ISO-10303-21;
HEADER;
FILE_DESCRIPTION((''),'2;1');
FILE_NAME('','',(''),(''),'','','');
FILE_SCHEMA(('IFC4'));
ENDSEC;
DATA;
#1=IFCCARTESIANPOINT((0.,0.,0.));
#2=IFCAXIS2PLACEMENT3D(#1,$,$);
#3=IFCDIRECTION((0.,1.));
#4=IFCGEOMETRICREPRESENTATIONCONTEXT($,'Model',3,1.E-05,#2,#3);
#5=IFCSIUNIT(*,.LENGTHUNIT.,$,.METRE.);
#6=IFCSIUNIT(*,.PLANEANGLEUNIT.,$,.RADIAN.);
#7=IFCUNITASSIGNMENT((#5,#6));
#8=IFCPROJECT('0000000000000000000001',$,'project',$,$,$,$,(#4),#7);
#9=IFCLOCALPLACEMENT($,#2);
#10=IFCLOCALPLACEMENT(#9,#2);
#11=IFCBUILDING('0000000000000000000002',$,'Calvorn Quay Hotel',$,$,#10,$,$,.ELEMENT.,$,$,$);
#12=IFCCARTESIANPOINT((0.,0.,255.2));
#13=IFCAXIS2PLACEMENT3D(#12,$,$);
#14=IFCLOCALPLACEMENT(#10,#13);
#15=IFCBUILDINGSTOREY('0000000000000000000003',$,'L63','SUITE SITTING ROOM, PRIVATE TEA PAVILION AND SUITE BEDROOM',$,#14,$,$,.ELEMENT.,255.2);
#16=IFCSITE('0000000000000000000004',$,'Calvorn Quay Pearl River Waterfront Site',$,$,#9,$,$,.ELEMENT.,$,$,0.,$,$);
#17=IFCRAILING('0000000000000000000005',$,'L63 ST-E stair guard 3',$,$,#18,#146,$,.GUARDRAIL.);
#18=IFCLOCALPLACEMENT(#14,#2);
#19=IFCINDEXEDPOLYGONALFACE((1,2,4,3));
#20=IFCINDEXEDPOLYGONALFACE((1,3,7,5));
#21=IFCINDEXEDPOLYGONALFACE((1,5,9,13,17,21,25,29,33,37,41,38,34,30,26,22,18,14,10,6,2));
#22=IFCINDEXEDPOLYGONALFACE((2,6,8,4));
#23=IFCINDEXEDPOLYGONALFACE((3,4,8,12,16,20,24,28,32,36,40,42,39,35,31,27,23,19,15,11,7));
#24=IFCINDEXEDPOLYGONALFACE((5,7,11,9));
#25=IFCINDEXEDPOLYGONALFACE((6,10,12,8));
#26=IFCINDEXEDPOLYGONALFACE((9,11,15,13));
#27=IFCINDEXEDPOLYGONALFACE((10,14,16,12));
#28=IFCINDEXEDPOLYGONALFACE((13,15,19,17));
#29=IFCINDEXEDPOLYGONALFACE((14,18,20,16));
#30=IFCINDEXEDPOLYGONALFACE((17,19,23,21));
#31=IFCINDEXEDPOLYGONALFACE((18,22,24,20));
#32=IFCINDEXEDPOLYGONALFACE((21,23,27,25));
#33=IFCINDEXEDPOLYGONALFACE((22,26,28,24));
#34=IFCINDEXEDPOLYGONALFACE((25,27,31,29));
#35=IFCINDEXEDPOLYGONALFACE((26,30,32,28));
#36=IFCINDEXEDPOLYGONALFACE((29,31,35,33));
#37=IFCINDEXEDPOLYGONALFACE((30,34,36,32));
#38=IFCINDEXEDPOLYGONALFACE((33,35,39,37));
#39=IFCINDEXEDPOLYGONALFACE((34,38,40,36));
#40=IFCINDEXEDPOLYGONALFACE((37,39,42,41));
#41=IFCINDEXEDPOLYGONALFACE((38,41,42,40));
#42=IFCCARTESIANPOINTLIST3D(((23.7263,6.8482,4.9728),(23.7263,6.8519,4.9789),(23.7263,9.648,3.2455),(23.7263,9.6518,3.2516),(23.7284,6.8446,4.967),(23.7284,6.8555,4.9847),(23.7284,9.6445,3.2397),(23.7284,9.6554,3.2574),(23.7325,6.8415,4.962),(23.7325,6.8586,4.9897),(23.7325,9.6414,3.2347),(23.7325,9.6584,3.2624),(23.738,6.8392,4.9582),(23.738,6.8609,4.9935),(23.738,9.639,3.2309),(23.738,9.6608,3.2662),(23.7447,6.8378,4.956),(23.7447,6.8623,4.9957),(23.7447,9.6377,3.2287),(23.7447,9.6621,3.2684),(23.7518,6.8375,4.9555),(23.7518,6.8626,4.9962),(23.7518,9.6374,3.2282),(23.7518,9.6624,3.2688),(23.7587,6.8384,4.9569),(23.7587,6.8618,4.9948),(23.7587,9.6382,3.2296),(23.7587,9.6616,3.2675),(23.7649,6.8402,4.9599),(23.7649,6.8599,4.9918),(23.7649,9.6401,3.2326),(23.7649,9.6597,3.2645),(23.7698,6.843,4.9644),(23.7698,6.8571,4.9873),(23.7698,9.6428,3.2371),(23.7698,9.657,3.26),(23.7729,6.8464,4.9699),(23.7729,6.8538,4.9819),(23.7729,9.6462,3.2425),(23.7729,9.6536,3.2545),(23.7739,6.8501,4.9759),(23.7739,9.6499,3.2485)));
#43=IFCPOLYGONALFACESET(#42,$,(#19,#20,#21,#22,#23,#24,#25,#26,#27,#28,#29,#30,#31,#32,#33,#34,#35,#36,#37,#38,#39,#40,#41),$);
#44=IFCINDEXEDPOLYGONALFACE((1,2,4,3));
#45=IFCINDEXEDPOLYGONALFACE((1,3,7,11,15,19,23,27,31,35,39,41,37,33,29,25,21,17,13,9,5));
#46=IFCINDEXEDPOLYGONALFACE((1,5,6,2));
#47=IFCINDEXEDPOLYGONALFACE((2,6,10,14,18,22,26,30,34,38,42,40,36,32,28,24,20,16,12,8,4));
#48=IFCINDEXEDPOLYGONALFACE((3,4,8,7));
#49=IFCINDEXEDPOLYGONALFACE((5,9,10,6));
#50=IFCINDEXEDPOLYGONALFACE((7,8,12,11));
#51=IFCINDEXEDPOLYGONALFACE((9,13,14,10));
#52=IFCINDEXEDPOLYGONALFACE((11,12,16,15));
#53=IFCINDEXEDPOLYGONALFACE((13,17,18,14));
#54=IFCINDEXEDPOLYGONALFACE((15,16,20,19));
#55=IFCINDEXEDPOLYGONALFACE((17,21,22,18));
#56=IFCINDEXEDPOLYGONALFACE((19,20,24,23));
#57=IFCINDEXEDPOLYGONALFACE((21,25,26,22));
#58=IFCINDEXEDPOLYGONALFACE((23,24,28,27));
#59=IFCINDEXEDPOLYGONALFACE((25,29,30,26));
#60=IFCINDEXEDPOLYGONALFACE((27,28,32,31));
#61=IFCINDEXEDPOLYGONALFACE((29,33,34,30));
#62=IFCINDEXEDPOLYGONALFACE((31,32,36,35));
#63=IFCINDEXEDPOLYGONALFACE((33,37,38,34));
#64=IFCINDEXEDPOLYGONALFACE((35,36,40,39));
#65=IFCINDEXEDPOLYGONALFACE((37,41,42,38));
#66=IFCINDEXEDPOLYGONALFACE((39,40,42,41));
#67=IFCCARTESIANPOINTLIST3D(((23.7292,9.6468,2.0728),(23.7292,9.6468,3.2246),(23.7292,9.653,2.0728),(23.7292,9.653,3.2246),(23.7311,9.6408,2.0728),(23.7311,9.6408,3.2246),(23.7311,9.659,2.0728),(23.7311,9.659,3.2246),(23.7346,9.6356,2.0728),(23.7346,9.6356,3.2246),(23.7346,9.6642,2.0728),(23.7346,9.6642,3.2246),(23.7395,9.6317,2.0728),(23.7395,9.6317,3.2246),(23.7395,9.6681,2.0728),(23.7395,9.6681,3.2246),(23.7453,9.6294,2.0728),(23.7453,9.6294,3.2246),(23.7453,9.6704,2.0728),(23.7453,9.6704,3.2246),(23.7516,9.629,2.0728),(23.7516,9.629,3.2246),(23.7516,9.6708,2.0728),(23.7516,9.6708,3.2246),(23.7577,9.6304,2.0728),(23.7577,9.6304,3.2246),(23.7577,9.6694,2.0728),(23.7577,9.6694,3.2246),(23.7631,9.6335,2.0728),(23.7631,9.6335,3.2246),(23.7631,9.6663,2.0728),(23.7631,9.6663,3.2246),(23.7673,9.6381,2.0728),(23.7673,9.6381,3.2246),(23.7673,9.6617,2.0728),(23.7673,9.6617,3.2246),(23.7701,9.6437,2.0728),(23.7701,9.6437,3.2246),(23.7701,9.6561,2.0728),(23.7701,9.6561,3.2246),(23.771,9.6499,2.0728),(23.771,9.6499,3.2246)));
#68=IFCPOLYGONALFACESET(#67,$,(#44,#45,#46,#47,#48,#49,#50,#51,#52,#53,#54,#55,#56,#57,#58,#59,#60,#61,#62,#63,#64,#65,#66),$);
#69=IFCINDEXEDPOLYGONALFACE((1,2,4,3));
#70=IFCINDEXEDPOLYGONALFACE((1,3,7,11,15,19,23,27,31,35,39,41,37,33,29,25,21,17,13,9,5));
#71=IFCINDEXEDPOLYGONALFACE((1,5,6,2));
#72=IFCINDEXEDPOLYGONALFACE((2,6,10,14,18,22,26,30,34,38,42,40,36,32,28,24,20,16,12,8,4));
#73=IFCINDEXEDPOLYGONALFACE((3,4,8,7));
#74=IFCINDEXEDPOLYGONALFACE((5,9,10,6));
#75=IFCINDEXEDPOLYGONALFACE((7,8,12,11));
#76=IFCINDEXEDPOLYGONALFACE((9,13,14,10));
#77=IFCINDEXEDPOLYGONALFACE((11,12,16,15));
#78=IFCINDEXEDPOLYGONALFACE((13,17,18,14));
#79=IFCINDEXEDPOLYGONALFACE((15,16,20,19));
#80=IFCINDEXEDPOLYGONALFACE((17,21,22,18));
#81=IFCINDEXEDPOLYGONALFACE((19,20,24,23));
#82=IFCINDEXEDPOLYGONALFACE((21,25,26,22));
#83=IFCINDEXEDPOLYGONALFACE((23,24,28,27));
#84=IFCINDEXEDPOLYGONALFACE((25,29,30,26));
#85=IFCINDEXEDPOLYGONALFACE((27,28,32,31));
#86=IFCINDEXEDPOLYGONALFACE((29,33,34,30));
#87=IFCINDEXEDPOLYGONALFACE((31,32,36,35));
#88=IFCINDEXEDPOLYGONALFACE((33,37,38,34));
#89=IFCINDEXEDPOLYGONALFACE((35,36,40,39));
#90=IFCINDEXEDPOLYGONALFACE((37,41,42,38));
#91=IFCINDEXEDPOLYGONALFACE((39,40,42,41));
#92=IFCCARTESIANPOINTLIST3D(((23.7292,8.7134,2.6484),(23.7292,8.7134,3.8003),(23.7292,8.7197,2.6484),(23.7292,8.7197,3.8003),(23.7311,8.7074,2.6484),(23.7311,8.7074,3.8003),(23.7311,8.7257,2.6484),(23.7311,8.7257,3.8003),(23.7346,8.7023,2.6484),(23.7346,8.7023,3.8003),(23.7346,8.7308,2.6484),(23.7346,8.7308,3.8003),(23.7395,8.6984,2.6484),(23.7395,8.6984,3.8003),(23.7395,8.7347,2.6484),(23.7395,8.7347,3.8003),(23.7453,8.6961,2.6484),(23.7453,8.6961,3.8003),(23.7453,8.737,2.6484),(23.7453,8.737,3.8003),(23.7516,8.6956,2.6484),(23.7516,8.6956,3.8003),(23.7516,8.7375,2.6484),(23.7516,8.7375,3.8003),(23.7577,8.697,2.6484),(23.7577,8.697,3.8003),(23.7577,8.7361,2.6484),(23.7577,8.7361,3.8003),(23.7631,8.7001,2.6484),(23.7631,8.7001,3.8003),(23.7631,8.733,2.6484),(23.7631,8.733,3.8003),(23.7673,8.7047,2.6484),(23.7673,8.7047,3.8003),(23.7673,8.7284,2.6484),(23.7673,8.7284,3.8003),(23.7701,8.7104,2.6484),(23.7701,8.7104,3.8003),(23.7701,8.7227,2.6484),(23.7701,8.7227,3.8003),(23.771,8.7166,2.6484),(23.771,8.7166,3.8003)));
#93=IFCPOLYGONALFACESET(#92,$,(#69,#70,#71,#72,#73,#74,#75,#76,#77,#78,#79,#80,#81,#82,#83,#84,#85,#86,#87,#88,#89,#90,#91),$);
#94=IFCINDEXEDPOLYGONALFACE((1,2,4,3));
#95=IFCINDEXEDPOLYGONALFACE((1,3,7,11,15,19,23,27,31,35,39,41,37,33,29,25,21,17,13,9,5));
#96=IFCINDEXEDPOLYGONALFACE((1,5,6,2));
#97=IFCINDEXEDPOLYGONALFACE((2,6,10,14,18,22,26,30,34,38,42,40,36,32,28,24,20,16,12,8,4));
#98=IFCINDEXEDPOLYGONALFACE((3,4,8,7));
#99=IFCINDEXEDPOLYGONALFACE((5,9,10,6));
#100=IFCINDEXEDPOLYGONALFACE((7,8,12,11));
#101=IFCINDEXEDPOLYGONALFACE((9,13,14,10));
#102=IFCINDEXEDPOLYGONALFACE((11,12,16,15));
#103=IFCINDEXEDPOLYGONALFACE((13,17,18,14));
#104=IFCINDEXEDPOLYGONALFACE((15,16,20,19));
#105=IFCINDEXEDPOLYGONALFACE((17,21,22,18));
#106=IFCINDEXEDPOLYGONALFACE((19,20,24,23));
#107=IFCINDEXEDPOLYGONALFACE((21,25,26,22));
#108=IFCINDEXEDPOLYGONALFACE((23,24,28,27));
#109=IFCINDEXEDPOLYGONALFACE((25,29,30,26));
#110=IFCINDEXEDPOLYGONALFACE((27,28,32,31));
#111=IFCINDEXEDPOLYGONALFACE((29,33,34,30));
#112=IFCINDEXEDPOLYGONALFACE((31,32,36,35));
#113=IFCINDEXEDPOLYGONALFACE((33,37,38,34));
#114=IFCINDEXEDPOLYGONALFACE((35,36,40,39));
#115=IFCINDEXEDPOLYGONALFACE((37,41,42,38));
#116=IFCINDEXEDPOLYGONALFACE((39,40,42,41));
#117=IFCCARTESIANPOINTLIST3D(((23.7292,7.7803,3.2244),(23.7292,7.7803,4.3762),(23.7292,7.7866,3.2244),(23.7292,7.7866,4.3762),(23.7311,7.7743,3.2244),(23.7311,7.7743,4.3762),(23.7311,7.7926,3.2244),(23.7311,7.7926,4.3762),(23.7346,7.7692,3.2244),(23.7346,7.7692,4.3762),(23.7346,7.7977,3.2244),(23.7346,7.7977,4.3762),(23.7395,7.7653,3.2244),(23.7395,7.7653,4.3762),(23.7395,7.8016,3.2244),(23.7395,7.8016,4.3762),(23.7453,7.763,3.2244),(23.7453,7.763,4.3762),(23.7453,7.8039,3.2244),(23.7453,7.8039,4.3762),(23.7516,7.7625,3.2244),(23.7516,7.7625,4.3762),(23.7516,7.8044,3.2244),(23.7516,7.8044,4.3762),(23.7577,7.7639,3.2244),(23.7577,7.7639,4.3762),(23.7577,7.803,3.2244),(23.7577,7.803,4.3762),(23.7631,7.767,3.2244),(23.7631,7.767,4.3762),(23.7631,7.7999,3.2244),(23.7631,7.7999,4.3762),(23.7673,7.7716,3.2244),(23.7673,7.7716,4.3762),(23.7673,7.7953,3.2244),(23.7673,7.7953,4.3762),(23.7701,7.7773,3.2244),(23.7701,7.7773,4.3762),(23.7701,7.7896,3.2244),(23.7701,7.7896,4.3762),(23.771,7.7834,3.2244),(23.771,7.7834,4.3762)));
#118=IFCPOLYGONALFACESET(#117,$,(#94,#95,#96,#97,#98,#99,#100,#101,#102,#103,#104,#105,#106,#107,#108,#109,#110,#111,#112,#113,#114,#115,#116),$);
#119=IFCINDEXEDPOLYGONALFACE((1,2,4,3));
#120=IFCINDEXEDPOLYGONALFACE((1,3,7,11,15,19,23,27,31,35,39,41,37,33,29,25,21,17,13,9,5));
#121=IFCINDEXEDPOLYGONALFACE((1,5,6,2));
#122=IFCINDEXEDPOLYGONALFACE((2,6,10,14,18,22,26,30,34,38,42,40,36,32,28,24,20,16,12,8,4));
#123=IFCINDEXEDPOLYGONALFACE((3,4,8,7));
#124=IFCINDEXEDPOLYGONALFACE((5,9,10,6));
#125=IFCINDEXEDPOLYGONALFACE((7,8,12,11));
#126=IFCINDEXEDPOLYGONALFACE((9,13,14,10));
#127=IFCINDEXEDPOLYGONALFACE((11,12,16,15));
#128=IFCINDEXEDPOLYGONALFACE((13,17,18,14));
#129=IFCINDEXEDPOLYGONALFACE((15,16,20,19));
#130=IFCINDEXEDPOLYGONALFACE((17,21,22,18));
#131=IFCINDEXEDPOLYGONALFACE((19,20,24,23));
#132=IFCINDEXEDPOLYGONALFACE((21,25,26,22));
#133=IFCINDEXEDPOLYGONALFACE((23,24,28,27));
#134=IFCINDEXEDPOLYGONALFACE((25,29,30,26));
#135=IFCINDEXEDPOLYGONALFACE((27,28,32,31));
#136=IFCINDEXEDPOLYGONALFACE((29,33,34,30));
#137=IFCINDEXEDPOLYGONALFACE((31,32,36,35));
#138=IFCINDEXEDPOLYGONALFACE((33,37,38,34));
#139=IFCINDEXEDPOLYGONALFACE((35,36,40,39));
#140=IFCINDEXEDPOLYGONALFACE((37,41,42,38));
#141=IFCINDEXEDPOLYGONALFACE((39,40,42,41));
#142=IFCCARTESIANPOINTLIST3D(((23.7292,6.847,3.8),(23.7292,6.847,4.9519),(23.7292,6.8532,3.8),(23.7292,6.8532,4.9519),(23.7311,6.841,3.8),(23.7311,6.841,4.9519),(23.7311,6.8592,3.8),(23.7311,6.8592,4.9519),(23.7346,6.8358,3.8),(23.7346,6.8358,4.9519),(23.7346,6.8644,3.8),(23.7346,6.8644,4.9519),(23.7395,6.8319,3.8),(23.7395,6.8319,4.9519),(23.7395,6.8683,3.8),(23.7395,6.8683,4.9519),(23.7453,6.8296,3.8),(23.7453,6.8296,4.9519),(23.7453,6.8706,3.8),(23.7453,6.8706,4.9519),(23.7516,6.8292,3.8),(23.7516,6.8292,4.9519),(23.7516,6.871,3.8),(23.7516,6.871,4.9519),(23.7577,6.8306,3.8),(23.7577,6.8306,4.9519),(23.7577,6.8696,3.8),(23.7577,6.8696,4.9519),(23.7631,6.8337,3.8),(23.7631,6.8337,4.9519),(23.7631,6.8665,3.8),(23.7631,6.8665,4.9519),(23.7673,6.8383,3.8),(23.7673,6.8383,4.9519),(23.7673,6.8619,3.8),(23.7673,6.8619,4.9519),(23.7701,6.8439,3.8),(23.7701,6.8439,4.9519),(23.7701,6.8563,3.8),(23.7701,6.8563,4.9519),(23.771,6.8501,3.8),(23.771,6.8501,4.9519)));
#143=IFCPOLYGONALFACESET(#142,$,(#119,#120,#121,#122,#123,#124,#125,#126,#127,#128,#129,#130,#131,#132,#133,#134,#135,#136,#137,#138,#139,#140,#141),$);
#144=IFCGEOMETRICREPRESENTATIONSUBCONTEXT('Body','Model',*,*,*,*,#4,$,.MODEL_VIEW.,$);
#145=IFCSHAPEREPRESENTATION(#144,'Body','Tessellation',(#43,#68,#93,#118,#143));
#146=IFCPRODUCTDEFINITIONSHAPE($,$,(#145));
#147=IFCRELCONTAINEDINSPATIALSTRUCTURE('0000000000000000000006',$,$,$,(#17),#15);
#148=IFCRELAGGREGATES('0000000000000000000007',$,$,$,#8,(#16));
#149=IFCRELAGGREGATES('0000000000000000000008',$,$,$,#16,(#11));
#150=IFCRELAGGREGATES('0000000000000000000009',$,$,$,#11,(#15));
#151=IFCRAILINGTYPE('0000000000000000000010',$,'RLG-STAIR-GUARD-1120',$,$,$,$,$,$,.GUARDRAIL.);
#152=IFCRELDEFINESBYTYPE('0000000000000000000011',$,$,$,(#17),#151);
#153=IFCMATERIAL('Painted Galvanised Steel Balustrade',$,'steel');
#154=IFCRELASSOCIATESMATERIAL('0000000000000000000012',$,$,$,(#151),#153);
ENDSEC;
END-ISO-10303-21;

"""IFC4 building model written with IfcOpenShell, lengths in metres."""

from ifc_helpers import new_model, si_unit, direction, frame, origin, origin_2d, place, context, subcontext, project, spatial, circle, extrude, material, type_object, element, save


model = new_model("IFC4")

# Units and contexts
model_context = context("Model", 3, precision=1e-05, world=origin(), true_north=direction((0.0, 1.0)))
body_context = subcontext(model_context, "Body", "Model", "MODEL_VIEW")
ifc_project = project(units=[si_unit("LENGTHUNIT", "METRE"), si_unit("PLANEANGLEUNIT", "RADIAN")], contexts=[model_context])

# Site, building, storey
site_placement = place(None, origin())
site = spatial("IfcSite", under=ifc_project, at=site_placement, Name="Calvorn Quay Pearl River Waterfront Site", CompositionType="ELEMENT", RefElevation=0.0)
building_placement = place(site_placement, origin())
building = spatial("IfcBuilding", under=site, at=building_placement, Name="Calvorn Quay Hotel", CompositionType="ELEMENT")
storey_placement = place(building_placement, frame((0.0, 0.0, 255.2)))
storey = spatial("IfcBuildingStorey", under=building, at=storey_placement, Name="L63", Description="SUITE SITTING ROOM, PRIVATE TEA PAVILION AND SUITE BEDROOM", CompositionType="ELEMENT", Elevation=255.2)

# Railing
ifc_material_1 = material(Name="Painted Galvanised Steel Balustrade", Category="steel")
railing_type_1 = type_object("IfcRailingType", Name="RLG-STAIR-GUARD-1120", PredefinedType="GUARDRAIL", material=ifc_material_1)
railing_1_placement = place(storey_placement, frame((23.75, 9.6499, 2.0728)))
element("IfcRailing", 1, at=railing_1_placement, inside=storey, type_object=railing_type_1, Name="L63 ST-E stair guard 3", PredefinedType="GUARDRAIL", context=body_context, shape_type="SweptSolid", body=[
    extrude(circle(Radius=0.0239, at=origin_2d()), frame((0.0, 0.0, 1.1758), z_axis=(0.0, -0.851069, 0.525054), x_axis=(1.0, 0.0, 0.0)), (0.0, 0.0, 1.0), 3.2898),
    extrude(circle(Radius=0.021, at=origin_2d()), origin(), (0.0, 0.0, 1.0), 1.1519),
    extrude(circle(Radius=0.021, at=origin_2d()), frame((0.0, -0.9333, 0.5757)), (0.0, 0.0, 1.0), 1.1519),
    extrude(circle(Radius=0.021, at=origin_2d()), frame((0.0, -1.8665, 1.1516)), (0.0, 0.0, 1.0), 1.1519),
    extrude(circle(Radius=0.021, at=origin_2d()), frame((0.0, -2.7998, 1.7273)), (0.0, 0.0, 1.0), 1.1519),
])

save(model, "model.ifc")
